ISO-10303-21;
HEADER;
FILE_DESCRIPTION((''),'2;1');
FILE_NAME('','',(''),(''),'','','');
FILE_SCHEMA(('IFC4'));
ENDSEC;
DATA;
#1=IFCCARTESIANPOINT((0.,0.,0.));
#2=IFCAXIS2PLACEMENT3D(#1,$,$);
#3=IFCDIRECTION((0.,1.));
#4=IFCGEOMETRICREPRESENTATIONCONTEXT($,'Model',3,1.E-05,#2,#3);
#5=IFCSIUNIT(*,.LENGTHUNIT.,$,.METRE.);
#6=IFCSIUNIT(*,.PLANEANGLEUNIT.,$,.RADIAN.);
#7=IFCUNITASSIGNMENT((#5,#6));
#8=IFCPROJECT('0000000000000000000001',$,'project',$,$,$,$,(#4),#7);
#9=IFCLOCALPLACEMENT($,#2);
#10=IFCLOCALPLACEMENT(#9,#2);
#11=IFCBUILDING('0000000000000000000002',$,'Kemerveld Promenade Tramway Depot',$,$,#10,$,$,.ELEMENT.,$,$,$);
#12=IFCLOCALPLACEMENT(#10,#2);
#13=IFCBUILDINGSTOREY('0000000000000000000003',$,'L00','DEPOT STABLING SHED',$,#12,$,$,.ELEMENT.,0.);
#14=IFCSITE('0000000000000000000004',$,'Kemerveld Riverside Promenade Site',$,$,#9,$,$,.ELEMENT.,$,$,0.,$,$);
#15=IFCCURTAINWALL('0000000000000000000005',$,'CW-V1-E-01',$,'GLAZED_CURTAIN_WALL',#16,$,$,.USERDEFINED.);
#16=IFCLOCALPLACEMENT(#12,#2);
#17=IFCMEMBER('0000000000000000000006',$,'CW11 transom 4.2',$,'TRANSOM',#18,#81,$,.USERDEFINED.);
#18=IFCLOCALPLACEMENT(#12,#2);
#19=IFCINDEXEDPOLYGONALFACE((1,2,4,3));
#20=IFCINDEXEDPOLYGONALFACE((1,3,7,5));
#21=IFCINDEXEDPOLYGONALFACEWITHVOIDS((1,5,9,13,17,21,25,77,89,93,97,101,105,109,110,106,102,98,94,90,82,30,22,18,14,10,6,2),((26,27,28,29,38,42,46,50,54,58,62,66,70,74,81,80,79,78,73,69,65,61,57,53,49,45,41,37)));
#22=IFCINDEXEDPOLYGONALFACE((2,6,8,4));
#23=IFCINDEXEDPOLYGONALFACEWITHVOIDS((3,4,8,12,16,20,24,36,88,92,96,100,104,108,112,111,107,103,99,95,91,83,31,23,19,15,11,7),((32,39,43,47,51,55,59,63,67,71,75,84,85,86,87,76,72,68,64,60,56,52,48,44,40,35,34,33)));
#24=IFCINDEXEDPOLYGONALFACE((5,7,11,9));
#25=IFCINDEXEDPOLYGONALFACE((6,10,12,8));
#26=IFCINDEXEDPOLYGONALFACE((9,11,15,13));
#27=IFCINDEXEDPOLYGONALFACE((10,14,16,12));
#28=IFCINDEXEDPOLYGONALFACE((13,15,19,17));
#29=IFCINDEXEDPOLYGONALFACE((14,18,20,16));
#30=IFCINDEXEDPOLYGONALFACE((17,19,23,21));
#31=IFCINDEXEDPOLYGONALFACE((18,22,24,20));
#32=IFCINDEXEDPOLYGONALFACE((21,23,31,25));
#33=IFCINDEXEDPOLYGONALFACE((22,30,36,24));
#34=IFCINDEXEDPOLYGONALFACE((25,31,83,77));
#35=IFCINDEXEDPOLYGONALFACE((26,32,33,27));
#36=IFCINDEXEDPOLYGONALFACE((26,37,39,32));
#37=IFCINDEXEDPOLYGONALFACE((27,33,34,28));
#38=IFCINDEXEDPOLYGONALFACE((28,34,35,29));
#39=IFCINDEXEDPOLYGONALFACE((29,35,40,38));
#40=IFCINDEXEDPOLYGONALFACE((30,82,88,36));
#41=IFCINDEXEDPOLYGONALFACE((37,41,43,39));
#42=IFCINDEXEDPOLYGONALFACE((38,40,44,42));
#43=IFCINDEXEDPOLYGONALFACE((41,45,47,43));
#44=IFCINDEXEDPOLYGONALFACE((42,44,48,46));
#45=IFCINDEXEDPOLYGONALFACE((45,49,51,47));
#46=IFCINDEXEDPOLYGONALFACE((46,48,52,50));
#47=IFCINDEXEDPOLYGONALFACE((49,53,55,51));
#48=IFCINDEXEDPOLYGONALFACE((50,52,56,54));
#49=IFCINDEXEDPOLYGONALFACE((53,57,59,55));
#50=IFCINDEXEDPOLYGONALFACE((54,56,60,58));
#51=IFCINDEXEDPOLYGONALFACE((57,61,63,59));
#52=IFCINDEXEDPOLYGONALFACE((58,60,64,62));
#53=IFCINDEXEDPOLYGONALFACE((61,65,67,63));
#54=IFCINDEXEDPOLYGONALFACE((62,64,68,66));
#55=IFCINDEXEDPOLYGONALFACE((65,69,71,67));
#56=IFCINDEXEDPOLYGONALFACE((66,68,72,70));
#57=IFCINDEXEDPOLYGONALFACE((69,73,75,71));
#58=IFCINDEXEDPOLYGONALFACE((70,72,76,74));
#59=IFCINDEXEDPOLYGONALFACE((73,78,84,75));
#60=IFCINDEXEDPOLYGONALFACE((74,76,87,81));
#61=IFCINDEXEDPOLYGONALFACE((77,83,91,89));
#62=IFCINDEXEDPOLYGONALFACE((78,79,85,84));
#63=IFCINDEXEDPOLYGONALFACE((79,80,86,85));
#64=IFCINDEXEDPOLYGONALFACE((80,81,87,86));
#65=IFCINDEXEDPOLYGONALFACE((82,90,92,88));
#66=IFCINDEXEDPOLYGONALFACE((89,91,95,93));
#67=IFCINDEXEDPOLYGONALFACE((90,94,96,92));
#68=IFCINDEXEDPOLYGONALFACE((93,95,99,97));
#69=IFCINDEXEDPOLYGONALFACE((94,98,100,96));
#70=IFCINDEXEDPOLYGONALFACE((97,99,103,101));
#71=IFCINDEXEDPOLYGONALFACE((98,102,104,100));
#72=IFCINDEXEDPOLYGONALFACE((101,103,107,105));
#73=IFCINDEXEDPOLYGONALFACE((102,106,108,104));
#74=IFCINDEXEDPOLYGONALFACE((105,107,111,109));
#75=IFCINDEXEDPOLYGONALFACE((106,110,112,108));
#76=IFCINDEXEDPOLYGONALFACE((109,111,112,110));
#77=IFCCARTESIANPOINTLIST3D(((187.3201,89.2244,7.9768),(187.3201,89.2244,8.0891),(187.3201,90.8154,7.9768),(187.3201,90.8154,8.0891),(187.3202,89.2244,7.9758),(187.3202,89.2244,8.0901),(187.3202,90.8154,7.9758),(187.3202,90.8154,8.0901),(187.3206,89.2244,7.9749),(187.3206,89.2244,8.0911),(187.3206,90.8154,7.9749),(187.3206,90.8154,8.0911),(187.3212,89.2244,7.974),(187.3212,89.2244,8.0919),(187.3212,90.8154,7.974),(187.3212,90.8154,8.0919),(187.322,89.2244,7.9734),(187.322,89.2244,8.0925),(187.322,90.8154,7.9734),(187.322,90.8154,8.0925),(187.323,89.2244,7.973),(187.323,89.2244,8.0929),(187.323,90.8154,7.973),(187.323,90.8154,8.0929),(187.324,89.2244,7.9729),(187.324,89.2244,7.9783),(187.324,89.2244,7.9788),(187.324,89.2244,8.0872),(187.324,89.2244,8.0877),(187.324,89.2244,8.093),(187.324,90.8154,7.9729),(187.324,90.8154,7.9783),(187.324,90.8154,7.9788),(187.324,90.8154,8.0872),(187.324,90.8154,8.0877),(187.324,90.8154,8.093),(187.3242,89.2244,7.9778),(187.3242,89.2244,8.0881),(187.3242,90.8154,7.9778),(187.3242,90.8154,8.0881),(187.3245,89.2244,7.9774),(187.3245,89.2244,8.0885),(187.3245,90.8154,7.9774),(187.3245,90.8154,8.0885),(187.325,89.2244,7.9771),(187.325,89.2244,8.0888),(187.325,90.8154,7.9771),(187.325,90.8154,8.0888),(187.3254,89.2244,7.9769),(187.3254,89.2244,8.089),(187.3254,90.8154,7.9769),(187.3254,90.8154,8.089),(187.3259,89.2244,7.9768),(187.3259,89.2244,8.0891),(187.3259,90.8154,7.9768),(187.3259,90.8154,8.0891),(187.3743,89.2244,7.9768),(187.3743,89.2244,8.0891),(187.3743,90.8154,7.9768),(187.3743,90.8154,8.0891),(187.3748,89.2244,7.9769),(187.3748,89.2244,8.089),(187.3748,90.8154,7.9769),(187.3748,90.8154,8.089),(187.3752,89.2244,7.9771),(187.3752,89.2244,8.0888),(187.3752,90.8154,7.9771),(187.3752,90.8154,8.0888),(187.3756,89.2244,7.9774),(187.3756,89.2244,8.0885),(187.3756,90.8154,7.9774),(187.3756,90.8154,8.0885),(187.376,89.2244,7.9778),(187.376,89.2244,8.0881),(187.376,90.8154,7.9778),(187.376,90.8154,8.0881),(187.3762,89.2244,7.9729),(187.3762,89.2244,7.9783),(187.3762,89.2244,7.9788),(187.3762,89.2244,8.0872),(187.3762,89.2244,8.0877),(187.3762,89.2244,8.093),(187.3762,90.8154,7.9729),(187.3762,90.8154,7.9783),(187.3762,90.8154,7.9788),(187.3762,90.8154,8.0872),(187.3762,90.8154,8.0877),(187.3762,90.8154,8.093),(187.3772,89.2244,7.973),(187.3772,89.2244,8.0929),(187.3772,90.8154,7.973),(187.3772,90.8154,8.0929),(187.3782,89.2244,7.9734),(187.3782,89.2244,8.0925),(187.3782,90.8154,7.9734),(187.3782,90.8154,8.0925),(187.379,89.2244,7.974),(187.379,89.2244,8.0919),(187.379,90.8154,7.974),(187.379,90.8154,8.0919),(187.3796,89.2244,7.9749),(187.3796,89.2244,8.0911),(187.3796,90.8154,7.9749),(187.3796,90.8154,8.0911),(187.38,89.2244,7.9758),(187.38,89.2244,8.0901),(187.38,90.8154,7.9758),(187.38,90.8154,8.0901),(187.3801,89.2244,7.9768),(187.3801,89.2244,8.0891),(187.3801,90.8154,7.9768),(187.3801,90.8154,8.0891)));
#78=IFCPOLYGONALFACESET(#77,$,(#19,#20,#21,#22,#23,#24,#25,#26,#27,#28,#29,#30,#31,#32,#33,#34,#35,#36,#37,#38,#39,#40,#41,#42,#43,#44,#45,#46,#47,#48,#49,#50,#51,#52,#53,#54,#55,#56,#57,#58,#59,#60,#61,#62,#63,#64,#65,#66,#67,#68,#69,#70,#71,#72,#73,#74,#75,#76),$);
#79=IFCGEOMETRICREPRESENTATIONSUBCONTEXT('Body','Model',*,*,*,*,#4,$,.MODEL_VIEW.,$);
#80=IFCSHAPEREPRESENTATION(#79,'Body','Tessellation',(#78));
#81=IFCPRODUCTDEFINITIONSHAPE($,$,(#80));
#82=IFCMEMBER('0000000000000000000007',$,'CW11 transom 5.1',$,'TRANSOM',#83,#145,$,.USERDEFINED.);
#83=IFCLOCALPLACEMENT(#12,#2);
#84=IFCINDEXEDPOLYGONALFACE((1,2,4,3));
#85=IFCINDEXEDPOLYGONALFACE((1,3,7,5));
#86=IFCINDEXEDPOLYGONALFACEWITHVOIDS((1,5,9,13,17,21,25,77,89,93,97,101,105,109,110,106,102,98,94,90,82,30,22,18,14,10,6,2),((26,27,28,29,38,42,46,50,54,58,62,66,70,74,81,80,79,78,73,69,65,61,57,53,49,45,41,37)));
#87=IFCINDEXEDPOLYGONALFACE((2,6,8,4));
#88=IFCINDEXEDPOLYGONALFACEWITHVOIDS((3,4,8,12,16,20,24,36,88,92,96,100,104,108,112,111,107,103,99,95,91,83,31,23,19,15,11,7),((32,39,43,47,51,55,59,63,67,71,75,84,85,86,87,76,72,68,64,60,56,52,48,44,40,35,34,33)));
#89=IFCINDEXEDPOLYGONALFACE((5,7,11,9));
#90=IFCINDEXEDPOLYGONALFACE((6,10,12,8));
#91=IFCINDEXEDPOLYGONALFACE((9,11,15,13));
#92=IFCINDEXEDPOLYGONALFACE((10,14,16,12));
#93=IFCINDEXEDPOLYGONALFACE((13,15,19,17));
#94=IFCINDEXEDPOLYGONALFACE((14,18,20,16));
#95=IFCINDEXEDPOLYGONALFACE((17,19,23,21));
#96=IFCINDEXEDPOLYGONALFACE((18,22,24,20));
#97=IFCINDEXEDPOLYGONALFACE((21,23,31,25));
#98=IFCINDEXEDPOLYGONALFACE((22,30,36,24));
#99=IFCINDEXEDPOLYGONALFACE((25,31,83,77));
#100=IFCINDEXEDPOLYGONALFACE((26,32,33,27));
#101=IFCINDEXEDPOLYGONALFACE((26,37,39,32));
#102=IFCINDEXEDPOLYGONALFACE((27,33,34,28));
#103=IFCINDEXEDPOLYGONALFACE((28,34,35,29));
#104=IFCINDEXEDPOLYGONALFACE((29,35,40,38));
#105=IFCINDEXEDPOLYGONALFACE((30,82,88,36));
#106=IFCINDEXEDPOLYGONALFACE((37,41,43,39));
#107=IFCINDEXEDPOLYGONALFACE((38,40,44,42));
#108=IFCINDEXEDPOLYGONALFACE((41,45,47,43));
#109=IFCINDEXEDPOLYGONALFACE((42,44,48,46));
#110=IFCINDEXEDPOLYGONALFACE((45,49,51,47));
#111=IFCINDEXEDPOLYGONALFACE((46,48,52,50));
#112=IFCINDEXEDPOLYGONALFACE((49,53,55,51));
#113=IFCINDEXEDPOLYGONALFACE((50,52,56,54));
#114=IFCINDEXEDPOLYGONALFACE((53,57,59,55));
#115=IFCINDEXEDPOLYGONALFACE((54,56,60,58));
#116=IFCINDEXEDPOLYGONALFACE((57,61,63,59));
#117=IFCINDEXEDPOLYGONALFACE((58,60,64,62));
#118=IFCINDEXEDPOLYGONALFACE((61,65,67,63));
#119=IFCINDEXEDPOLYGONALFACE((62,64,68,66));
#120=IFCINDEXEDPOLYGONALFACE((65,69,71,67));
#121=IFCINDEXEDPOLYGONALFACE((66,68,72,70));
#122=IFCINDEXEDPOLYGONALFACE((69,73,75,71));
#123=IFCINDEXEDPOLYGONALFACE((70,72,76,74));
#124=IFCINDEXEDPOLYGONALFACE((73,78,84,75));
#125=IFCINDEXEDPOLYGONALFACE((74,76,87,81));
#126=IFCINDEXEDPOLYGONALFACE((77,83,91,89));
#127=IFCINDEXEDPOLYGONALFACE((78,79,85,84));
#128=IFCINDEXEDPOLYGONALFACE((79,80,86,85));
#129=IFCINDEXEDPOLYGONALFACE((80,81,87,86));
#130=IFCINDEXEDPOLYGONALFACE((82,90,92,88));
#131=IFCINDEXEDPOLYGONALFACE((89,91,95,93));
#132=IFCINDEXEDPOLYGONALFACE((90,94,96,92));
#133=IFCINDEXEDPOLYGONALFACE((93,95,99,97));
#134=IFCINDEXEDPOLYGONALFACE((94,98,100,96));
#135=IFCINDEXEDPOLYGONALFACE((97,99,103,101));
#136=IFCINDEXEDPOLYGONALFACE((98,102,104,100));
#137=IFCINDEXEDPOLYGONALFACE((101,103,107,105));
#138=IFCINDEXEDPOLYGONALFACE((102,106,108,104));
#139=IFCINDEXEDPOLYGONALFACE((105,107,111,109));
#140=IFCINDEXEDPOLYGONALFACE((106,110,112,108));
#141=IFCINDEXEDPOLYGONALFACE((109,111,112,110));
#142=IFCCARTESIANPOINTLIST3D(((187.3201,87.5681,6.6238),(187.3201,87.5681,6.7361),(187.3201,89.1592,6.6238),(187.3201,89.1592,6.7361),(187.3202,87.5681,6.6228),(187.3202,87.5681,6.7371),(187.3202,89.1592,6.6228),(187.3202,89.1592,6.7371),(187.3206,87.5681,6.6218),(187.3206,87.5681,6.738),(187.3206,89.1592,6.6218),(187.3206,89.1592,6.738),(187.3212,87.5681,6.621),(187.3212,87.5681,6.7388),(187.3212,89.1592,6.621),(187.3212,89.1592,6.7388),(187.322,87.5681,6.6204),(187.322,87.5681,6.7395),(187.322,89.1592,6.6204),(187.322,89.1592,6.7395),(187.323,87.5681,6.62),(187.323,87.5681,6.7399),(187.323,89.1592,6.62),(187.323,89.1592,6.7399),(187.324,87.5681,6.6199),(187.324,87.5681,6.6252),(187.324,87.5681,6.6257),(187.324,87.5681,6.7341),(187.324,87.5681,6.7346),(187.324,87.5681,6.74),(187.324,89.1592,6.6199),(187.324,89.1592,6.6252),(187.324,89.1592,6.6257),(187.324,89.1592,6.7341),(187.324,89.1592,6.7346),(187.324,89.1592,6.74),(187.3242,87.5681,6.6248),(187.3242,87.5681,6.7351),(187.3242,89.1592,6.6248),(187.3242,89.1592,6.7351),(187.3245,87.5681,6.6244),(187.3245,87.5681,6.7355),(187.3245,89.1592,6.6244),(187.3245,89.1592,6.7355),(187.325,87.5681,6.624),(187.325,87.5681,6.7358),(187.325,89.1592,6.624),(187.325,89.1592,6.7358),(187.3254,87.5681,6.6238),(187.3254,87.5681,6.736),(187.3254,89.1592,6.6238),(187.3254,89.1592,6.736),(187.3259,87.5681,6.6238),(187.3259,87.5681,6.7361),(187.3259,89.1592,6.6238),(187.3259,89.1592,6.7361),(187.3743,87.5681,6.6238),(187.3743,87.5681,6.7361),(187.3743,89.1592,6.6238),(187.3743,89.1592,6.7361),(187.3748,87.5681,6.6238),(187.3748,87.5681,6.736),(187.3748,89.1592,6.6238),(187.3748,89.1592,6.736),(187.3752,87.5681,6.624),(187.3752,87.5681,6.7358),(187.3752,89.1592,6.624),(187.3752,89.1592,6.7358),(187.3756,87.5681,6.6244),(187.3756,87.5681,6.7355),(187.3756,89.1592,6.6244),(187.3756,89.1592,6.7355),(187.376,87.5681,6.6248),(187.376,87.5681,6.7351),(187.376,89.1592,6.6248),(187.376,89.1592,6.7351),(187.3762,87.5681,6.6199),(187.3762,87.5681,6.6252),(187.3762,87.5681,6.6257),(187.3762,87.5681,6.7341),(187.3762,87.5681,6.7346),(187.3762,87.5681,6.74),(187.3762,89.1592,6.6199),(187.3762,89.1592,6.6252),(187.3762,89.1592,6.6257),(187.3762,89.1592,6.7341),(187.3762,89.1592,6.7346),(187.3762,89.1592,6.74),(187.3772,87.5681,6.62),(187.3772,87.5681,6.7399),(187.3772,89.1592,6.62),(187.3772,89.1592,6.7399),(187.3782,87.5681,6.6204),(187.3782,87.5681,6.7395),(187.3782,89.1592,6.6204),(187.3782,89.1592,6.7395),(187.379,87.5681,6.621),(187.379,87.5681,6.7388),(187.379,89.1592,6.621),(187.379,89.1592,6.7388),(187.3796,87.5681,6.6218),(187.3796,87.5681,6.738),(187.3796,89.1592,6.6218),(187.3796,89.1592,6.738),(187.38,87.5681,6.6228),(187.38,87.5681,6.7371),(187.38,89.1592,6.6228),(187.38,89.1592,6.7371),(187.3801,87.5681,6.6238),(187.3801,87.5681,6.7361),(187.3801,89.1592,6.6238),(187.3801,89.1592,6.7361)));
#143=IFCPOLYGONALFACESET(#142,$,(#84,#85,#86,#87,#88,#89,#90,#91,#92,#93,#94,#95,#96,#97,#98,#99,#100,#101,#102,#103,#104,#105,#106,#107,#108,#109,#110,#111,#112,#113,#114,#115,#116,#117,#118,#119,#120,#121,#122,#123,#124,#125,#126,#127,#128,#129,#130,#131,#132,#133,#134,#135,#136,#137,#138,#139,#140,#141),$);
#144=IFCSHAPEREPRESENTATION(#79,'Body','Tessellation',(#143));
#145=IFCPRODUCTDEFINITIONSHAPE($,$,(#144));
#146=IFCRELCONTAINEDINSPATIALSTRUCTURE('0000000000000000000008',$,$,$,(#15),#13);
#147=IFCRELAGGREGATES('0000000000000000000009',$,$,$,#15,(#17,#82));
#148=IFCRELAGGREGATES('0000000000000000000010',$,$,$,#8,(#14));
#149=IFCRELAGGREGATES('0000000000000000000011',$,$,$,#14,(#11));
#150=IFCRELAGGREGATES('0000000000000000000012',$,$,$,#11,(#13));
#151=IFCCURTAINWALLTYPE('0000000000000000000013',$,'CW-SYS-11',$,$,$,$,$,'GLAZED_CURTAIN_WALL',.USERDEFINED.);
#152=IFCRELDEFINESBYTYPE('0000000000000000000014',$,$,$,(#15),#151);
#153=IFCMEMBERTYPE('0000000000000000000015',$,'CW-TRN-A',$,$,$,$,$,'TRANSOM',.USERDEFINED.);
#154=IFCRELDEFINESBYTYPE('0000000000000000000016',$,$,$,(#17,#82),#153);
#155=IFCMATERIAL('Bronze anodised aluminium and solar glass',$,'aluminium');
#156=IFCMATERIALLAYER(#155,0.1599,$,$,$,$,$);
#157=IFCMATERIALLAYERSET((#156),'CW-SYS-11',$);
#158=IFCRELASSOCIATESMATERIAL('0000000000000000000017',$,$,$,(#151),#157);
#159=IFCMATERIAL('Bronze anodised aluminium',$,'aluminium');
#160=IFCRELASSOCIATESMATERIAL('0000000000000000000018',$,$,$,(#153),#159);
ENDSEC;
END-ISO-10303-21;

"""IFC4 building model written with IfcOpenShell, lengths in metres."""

from ifc_helpers import new_model, si_unit, direction, frame, origin, origin_2d, place, context, subcontext, project, spatial, hollow_rectangle, extrude, material, layer, layer_set, material_profile, profile_set, type_object, element, aggregate, save


model = new_model("IFC4")

# Units and contexts
model_context = context("Model", 3, precision=1e-05, world=origin(), true_north=direction((0.0, 1.0)))
body_context = subcontext(model_context, "Body", "Model", "MODEL_VIEW")
ifc_project = project(units=[si_unit("LENGTHUNIT", "METRE"), si_unit("PLANEANGLEUNIT", "RADIAN")], contexts=[model_context])

# Site, building, storey
site_placement = place(None, origin())
site = spatial("IfcSite", under=ifc_project, at=site_placement, Name="Kemerveld Riverside Promenade Site", CompositionType="ELEMENT", RefElevation=0.0)
building_placement = place(site_placement, origin())
building = spatial("IfcBuilding", under=site, at=building_placement, Name="Kemerveld Promenade Tramway Depot", CompositionType="ELEMENT")
storey_placement = place(building_placement, origin())
storey = spatial("IfcBuildingStorey", under=building, at=storey_placement, Name="L00", Description="DEPOT STABLING SHED", CompositionType="ELEMENT", Elevation=0.0)

# Curtain wall, members
ifc_material_1 = material(Name="Bronze anodised aluminium and solar glass", Category="aluminium")
ifc_layer_1 = layer(ifc_material_1, 0.1599)
ifc_layer_set_1 = layer_set([ifc_layer_1], Name="CW-SYS-11")
curtain_wall_type = type_object("IfcCurtainWallType", Name="CW-SYS-11", ElementType="GLAZED_CURTAIN_WALL", PredefinedType="USERDEFINED", material=ifc_layer_set_1)
curtain_wall_placement = place(storey_placement, origin())
curtain_wall = element("IfcCurtainWall", 1, at=curtain_wall_placement, inside=storey, type_object=curtain_wall_type, Name="CW-V1-E-01", ObjectType="GLAZED_CURTAIN_WALL", PredefinedType="USERDEFINED")
ifc_material_2 = material(Name="Bronze anodised aluminium", Category="aluminium")
ifc_material_profile_1 = material_profile(ifc_material_2, hollow_rectangle(XDim=0.0601, YDim=0.1201, WallThickness=0.0039, InnerFilletRadius=0.002, OuterFilletRadius=0.0039, at=origin_2d()), Name="CW-TRN-120x60")
ifc_profile_set_1 = profile_set([ifc_material_profile_1], Name="Bronze anodised aluminium")
member_type_1 = type_object("IfcMemberType", Name="CW-TRN-A", ElementType="TRANSOM", PredefinedType="USERDEFINED", material=ifc_profile_set_1)
member_1_placement = place(storey_placement, frame((187.3501, 90.8154, 8.033), z_axis=(0.0, -1.0, 0.0), x_axis=(1.0, 0.0, 0.0)))
member_1 = element("IfcMember", 2, at=member_1_placement, type_object=member_type_1, Name="CW11 transom 4.2", ObjectType="TRANSOM", PredefinedType="USERDEFINED", context=body_context, shape_type="SweptSolid", body=[
    extrude(hollow_rectangle(XDim=0.0601, YDim=0.1201, WallThickness=0.0039, InnerFilletRadius=0.002, OuterFilletRadius=0.0039, at=origin_2d()), origin(), (0.0, 0.0, 1.0), 1.5911),
])
member_2_placement = place(storey_placement, frame((187.3501, 89.1592, 6.6799), z_axis=(0.0, -1.0, 0.0), x_axis=(1.0, 0.0, 0.0)))
member_2 = element("IfcMember", 3, at=member_2_placement, type_object=member_type_1, Name="CW11 transom 5.1", ObjectType="TRANSOM", PredefinedType="USERDEFINED", context=body_context, shape_type="SweptSolid", body=[
    extrude(hollow_rectangle(XDim=0.0601, YDim=0.1201, WallThickness=0.0039, InnerFilletRadius=0.002, OuterFilletRadius=0.0039, at=origin_2d()), origin(), (0.0, 0.0, 1.0), 1.5911),
])
aggregate(curtain_wall, [member_1, member_2])

save(model, "model.ifc")
